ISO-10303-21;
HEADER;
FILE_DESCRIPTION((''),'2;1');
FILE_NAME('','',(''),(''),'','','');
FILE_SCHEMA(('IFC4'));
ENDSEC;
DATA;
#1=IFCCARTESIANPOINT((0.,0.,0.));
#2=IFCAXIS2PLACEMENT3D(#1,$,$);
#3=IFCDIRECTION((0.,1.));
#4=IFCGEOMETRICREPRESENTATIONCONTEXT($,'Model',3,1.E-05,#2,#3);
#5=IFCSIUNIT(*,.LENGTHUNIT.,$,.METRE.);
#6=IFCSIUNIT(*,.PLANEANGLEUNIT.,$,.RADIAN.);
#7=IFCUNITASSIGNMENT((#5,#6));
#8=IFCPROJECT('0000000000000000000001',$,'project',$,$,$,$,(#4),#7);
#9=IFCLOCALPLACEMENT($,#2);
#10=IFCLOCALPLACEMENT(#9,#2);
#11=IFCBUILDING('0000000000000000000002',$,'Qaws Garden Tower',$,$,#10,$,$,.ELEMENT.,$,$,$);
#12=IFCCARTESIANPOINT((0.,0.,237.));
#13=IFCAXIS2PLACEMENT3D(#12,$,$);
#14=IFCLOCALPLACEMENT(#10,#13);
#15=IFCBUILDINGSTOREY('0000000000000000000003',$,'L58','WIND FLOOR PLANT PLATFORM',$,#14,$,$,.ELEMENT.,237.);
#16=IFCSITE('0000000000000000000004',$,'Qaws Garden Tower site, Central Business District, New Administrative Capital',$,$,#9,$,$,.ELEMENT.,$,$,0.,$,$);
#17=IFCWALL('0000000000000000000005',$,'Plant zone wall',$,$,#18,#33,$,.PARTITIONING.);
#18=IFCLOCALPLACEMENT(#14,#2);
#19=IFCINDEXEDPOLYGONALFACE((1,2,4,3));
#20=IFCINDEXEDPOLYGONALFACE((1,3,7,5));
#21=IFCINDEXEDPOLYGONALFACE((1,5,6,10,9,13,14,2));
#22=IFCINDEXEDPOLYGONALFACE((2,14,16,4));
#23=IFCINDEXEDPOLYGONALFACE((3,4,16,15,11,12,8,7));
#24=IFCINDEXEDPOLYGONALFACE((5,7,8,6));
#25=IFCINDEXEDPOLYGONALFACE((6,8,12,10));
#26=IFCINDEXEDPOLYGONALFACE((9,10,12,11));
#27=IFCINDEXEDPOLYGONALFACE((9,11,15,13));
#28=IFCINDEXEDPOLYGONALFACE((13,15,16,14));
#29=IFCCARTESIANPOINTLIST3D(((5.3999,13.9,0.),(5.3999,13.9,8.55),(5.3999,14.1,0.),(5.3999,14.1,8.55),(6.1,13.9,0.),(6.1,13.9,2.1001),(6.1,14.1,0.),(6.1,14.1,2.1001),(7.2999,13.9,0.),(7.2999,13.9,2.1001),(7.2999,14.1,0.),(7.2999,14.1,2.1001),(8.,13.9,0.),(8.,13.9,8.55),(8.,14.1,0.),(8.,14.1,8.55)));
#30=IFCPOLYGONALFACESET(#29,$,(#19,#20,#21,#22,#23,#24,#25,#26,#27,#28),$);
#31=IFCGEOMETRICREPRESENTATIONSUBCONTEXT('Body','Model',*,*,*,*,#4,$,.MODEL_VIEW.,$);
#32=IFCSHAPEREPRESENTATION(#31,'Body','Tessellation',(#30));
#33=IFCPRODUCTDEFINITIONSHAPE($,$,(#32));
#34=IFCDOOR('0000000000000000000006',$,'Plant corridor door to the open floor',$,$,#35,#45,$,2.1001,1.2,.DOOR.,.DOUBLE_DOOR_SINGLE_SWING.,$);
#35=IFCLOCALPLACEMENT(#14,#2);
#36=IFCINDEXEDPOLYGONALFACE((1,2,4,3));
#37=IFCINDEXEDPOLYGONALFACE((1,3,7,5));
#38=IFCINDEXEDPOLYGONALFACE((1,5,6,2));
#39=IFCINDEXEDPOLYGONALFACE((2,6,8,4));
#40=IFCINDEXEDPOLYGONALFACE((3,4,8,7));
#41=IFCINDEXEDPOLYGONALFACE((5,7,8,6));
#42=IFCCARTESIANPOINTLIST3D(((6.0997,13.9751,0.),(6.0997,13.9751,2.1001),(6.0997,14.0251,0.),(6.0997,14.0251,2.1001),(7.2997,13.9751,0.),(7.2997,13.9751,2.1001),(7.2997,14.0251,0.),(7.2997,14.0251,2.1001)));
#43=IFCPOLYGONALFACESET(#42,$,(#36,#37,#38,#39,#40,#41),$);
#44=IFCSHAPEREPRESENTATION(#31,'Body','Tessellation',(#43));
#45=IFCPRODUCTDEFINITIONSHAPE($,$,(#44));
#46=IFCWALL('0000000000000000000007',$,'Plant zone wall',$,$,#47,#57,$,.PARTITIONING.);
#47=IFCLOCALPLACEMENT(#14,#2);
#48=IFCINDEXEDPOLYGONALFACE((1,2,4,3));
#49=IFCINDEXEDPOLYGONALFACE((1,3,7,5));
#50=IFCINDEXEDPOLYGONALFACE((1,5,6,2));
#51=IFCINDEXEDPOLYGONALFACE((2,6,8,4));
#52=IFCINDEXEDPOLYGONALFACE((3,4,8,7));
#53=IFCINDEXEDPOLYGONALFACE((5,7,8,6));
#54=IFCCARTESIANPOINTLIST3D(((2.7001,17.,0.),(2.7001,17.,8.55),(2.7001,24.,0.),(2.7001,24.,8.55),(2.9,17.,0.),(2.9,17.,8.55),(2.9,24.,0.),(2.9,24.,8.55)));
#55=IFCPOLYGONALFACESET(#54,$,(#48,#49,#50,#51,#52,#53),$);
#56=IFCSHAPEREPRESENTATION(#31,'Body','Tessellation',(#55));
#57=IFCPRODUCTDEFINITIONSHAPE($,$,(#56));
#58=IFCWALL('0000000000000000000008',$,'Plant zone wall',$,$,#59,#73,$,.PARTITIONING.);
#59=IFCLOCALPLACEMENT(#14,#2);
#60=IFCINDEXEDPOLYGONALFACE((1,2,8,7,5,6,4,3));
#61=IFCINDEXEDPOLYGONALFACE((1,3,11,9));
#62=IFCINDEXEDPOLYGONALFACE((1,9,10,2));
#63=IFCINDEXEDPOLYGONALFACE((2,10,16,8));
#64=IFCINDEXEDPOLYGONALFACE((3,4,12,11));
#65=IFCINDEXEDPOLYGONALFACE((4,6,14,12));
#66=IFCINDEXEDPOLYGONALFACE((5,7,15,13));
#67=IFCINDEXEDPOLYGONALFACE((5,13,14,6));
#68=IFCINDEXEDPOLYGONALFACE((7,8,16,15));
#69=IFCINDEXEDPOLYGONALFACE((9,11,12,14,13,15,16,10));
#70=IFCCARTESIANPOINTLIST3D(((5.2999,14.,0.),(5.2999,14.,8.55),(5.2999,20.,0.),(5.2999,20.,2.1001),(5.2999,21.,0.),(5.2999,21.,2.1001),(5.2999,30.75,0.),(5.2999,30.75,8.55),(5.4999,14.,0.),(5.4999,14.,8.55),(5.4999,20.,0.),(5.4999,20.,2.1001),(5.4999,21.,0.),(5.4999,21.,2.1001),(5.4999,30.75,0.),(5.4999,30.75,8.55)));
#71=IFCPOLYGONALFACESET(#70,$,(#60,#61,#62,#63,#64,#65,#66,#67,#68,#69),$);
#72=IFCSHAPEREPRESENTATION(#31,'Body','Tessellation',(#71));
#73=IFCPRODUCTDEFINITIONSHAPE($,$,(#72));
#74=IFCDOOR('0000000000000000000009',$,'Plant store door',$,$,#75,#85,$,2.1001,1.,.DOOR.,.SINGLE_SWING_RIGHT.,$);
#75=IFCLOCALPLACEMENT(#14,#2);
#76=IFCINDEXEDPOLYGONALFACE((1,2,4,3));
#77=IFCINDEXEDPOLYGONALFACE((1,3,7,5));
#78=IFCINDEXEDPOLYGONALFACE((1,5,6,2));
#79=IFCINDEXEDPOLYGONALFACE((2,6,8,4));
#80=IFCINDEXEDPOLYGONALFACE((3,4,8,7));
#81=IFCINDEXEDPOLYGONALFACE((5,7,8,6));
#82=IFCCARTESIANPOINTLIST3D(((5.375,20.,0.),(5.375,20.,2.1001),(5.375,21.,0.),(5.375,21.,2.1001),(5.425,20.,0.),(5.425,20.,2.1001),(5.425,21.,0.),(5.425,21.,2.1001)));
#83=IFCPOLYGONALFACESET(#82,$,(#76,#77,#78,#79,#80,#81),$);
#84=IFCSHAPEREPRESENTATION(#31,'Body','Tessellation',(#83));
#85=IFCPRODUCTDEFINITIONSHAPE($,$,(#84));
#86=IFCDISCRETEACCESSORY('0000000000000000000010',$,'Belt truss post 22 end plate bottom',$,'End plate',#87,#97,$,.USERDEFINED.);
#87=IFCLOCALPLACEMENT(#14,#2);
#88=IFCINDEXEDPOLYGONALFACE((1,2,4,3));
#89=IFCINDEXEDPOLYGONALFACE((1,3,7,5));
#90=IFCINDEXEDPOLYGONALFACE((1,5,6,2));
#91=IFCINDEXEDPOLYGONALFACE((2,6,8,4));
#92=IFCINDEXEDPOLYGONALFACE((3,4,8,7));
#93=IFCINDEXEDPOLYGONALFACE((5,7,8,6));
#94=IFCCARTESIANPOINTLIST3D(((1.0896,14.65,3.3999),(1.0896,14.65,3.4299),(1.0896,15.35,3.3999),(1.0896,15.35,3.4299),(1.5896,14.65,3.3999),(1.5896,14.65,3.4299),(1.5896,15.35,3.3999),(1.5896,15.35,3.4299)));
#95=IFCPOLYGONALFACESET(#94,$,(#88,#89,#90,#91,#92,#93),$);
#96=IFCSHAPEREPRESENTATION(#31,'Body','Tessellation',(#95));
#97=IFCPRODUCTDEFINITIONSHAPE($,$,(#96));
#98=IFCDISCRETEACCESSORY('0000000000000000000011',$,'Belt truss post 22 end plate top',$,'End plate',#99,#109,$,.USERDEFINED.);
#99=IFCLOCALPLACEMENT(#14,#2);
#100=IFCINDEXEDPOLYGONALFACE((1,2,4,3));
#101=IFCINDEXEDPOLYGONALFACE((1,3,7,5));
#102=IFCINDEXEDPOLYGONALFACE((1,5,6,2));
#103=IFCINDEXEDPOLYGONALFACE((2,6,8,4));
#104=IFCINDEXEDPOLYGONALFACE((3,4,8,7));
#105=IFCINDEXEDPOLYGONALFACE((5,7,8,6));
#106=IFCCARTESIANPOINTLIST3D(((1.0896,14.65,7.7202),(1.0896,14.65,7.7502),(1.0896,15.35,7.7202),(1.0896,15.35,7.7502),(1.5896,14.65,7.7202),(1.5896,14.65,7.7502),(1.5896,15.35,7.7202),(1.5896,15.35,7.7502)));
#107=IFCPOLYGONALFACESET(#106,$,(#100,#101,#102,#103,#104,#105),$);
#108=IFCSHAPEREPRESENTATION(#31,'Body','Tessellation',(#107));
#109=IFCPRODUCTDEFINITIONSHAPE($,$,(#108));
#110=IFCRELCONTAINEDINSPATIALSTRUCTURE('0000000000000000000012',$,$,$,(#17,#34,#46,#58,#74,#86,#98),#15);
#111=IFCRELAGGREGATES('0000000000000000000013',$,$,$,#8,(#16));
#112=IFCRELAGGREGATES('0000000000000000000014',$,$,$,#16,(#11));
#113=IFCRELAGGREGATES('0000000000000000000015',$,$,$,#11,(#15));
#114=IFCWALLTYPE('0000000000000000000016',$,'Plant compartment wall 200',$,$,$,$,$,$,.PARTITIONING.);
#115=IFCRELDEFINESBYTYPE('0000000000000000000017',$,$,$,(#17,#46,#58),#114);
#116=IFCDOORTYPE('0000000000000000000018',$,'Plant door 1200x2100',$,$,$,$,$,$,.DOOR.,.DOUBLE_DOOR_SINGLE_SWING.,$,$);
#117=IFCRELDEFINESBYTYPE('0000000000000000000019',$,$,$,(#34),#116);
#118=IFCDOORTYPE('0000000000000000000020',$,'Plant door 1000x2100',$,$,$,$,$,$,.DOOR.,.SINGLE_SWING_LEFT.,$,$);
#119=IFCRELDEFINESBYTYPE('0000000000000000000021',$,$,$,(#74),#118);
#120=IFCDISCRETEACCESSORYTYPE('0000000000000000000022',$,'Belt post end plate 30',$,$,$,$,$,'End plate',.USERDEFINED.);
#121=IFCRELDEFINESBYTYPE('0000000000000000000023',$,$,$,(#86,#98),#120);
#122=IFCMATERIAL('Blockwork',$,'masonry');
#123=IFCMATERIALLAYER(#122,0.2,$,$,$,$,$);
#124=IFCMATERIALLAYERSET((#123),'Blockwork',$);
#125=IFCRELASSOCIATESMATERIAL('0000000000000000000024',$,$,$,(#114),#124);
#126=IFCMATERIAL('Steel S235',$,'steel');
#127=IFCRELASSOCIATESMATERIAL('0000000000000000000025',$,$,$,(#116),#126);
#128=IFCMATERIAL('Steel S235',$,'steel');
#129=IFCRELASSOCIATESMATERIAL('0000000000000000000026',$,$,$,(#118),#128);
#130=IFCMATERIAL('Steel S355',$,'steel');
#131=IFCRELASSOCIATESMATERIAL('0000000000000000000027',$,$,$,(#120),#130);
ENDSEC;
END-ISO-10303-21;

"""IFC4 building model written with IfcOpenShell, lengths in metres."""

from ifc_helpers import new_model, si_unit, direction, frame, frame_2d, origin, origin_2d, place, context, subcontext, project, spatial, rectangle, extrude, material, layer, layer_set, type_object, element, fill, save


model = new_model("IFC4")

# Units and contexts
model_context = context("Model", 3, precision=1e-05, world=origin(), true_north=direction((0.0, 1.0)))
body_context = subcontext(model_context, "Body", "Model", "MODEL_VIEW")
ifc_project = project(units=[si_unit("LENGTHUNIT", "METRE"), si_unit("PLANEANGLEUNIT", "RADIAN")], contexts=[model_context])

# Site, building, storey
site_placement = place(None, origin())
site = spatial("IfcSite", under=ifc_project, at=site_placement, Name="Qaws Garden Tower site, Central Business District, New Administrative Capital", CompositionType="ELEMENT", RefElevation=0.0)
building_placement = place(site_placement, origin())
building = spatial("IfcBuilding", under=site, at=building_placement, Name="Qaws Garden Tower", CompositionType="ELEMENT")
storey_placement = place(building_placement, frame((0.0, 0.0, 237.0)))
storey = spatial("IfcBuildingStorey", under=building, at=storey_placement, Name="L58", Description="WIND FLOOR PLANT PLATFORM", CompositionType="ELEMENT", Elevation=237.0)

# Shared definitions
placement = place(storey_placement, frame((1.3396, 15.0, 3.3999), z_axis=(0.0, 0.0, 1.0), x_axis=(1.0, 0.0, 0.0)))

# Shared definitions
ifc_material_1 = material(Name="Blockwork", Category="masonry")
ifc_layer_1 = layer(ifc_material_1, 0.2)
ifc_layer_set_1 = layer_set([ifc_layer_1], Name="Blockwork")
wall_type_1 = type_object("IfcWallType", Name="Plant compartment wall 200", PredefinedType="PARTITIONING", material=ifc_layer_set_1)

# Wall, opening, door
wall_1_placement = place(storey_placement, frame((5.3999, 14.0, 0.0), z_axis=(0.0, 0.0, 1.0), x_axis=(1.0, 0.0, 0.0)))
wall_1 = element("IfcWall", 1, at=wall_1_placement, inside=storey, type_object=wall_type_1, Name="Plant zone wall", PredefinedType="PARTITIONING", context=body_context, shape_type="SweptSolid", body=[
    extrude(rectangle(XDim=2.6001, YDim=0.2, at=frame_2d((1.3, 0.0))), origin(), (0.0, 0.0, 1.0), 8.55),
])
opening_1_placement = place(wall_1_placement, frame((0.7, 0.0, 0.0)))
opening_1 = element("IfcOpeningElement", 2, at=opening_1_placement, cuts=wall_1, PredefinedType="OPENING", context=body_context, shape_type="SweptSolid", body=[
    extrude(rectangle(XDim=1.2, YDim=2.1001, at=frame_2d((0.6001, 1.05))), frame((0.0, 0.1099, 0.0), z_axis=(0.0, -1.0, 0.0), x_axis=(1.0, 0.0, 0.0)), (0.0, 0.0, 1.0), 0.22),
])
ifc_material_2 = material(Name="Steel S235", Category="steel")
door_type_1 = type_object("IfcDoorType", Name="Plant door 1200x2100", OperationType="DOUBLE_DOOR_SINGLE_SWING", PredefinedType="DOOR", material=ifc_material_2)
door_1_placement = place(opening_1_placement, frame((1.2, 0.0, 0.0), z_axis=(0.0, 0.0, 1.0), x_axis=(-1.0, 0.0, 0.0)))
door_1 = element("IfcDoor", 3, at=door_1_placement, inside=storey, type_object=door_type_1, Name="Plant corridor door to the open floor", OperationType="DOUBLE_DOOR_SINGLE_SWING", OverallHeight=2.1001, OverallWidth=1.2, PredefinedType="DOOR", context=body_context, shape_type="SweptSolid", body=[
    extrude(rectangle(XDim=1.2, YDim=2.1001, at=frame_2d((0.6001, 1.05))), frame((0.0, 0.0249, 0.0), z_axis=(0.0, -1.0, 0.0), x_axis=(1.0, 0.0, 0.0)), (0.0, 0.0, 1.0), 0.05),
])
fill(opening_1, door_1)

# Wall
wall_2_placement = place(storey_placement, frame((2.8, 17.0, 0.0), z_axis=(0.0, 0.0, 1.0), x_axis=(0.0, 1.0, 0.0)))
element("IfcWall", 4, at=wall_2_placement, inside=storey, type_object=wall_type_1, Name="Plant zone wall", PredefinedType="PARTITIONING", context=body_context, shape_type="SweptSolid", body=[
    extrude(rectangle(XDim=7.0, YDim=0.2, at=frame_2d((3.5, 0.0))), origin(), (0.0, 0.0, 1.0), 8.55),
])

# Wall, opening, door
wall_3_placement = place(storey_placement, frame((5.3999, 14.0, 0.0), z_axis=(0.0, 0.0, 1.0), x_axis=(0.0, 1.0, 0.0)))
wall_3 = element("IfcWall", 5, at=wall_3_placement, inside=storey, type_object=wall_type_1, Name="Plant zone wall", PredefinedType="PARTITIONING", context=body_context, shape_type="SweptSolid", body=[
    extrude(rectangle(XDim=16.75, YDim=0.2, at=frame_2d((8.375, 0.0))), origin(), (0.0, 0.0, 1.0), 8.55),
])
opening_2_placement = place(wall_3_placement, frame((6.0, 0.0, 0.0)))
opening_2 = element("IfcOpeningElement", 6, at=opening_2_placement, cuts=wall_3, PredefinedType="OPENING", context=body_context, shape_type="SweptSolid", body=[
    extrude(rectangle(XDim=1.0, YDim=2.1001, at=frame_2d((0.5, 1.05))), frame((0.0, 0.1099, 0.0), z_axis=(0.0, -1.0, 0.0), x_axis=(1.0, 0.0, 0.0)), (0.0, 0.0, 1.0), 0.22),
])
ifc_material_3 = material(Name="Steel S235", Category="steel")
door_type_2 = type_object("IfcDoorType", Name="Plant door 1000x2100", OperationType="SINGLE_SWING_LEFT", PredefinedType="DOOR", material=ifc_material_3)
door_2_placement = place(opening_2_placement, origin())
door_2 = element("IfcDoor", 7, at=door_2_placement, inside=storey, type_object=door_type_2, Name="Plant store door", OperationType="SINGLE_SWING_RIGHT", OverallHeight=2.1001, OverallWidth=1.0, PredefinedType="DOOR", context=body_context, shape_type="SweptSolid", body=[
    extrude(rectangle(XDim=1.0, YDim=2.1001, at=frame_2d((0.5, 1.05))), frame((0.0, 0.0249, 0.0), z_axis=(0.0, -1.0, 0.0), x_axis=(1.0, 0.0, 0.0)), (0.0, 0.0, 1.0), 0.05),
])
fill(opening_2, door_2)

# Discrete accessories
ifc_material_4 = material(Name="Steel S355", Category="steel")
discrete_accessory_type = type_object("IfcDiscreteAccessoryType", Name="Belt post end plate 30", ElementType="End plate", PredefinedType="USERDEFINED", material=ifc_material_4)
element("IfcDiscreteAccessory", 8, at=placement, inside=storey, type_object=discrete_accessory_type, Name="Belt truss post 22 end plate bottom", ObjectType="End plate", PredefinedType="USERDEFINED", context=body_context, shape_type="SweptSolid", body=[
    extrude(rectangle(XDim=0.5, YDim=0.7, at=origin_2d()), origin(), (0.0, 0.0, 1.0), 0.03),
])
discrete_accessory_1_placement = place(storey_placement, frame((1.3396, 15.0, 7.7202), z_axis=(0.0, 0.0, 1.0), x_axis=(1.0, 0.0, 0.0)))
element("IfcDiscreteAccessory", 9, at=discrete_accessory_1_placement, inside=storey, type_object=discrete_accessory_type, Name="Belt truss post 22 end plate top", ObjectType="End plate", PredefinedType="USERDEFINED", context=body_context, shape_type="SweptSolid", body=[
    extrude(rectangle(XDim=0.5, YDim=0.7, at=origin_2d()), origin(), (0.0, 0.0, 1.0), 0.03),
])

save(model, "model.ifc")
